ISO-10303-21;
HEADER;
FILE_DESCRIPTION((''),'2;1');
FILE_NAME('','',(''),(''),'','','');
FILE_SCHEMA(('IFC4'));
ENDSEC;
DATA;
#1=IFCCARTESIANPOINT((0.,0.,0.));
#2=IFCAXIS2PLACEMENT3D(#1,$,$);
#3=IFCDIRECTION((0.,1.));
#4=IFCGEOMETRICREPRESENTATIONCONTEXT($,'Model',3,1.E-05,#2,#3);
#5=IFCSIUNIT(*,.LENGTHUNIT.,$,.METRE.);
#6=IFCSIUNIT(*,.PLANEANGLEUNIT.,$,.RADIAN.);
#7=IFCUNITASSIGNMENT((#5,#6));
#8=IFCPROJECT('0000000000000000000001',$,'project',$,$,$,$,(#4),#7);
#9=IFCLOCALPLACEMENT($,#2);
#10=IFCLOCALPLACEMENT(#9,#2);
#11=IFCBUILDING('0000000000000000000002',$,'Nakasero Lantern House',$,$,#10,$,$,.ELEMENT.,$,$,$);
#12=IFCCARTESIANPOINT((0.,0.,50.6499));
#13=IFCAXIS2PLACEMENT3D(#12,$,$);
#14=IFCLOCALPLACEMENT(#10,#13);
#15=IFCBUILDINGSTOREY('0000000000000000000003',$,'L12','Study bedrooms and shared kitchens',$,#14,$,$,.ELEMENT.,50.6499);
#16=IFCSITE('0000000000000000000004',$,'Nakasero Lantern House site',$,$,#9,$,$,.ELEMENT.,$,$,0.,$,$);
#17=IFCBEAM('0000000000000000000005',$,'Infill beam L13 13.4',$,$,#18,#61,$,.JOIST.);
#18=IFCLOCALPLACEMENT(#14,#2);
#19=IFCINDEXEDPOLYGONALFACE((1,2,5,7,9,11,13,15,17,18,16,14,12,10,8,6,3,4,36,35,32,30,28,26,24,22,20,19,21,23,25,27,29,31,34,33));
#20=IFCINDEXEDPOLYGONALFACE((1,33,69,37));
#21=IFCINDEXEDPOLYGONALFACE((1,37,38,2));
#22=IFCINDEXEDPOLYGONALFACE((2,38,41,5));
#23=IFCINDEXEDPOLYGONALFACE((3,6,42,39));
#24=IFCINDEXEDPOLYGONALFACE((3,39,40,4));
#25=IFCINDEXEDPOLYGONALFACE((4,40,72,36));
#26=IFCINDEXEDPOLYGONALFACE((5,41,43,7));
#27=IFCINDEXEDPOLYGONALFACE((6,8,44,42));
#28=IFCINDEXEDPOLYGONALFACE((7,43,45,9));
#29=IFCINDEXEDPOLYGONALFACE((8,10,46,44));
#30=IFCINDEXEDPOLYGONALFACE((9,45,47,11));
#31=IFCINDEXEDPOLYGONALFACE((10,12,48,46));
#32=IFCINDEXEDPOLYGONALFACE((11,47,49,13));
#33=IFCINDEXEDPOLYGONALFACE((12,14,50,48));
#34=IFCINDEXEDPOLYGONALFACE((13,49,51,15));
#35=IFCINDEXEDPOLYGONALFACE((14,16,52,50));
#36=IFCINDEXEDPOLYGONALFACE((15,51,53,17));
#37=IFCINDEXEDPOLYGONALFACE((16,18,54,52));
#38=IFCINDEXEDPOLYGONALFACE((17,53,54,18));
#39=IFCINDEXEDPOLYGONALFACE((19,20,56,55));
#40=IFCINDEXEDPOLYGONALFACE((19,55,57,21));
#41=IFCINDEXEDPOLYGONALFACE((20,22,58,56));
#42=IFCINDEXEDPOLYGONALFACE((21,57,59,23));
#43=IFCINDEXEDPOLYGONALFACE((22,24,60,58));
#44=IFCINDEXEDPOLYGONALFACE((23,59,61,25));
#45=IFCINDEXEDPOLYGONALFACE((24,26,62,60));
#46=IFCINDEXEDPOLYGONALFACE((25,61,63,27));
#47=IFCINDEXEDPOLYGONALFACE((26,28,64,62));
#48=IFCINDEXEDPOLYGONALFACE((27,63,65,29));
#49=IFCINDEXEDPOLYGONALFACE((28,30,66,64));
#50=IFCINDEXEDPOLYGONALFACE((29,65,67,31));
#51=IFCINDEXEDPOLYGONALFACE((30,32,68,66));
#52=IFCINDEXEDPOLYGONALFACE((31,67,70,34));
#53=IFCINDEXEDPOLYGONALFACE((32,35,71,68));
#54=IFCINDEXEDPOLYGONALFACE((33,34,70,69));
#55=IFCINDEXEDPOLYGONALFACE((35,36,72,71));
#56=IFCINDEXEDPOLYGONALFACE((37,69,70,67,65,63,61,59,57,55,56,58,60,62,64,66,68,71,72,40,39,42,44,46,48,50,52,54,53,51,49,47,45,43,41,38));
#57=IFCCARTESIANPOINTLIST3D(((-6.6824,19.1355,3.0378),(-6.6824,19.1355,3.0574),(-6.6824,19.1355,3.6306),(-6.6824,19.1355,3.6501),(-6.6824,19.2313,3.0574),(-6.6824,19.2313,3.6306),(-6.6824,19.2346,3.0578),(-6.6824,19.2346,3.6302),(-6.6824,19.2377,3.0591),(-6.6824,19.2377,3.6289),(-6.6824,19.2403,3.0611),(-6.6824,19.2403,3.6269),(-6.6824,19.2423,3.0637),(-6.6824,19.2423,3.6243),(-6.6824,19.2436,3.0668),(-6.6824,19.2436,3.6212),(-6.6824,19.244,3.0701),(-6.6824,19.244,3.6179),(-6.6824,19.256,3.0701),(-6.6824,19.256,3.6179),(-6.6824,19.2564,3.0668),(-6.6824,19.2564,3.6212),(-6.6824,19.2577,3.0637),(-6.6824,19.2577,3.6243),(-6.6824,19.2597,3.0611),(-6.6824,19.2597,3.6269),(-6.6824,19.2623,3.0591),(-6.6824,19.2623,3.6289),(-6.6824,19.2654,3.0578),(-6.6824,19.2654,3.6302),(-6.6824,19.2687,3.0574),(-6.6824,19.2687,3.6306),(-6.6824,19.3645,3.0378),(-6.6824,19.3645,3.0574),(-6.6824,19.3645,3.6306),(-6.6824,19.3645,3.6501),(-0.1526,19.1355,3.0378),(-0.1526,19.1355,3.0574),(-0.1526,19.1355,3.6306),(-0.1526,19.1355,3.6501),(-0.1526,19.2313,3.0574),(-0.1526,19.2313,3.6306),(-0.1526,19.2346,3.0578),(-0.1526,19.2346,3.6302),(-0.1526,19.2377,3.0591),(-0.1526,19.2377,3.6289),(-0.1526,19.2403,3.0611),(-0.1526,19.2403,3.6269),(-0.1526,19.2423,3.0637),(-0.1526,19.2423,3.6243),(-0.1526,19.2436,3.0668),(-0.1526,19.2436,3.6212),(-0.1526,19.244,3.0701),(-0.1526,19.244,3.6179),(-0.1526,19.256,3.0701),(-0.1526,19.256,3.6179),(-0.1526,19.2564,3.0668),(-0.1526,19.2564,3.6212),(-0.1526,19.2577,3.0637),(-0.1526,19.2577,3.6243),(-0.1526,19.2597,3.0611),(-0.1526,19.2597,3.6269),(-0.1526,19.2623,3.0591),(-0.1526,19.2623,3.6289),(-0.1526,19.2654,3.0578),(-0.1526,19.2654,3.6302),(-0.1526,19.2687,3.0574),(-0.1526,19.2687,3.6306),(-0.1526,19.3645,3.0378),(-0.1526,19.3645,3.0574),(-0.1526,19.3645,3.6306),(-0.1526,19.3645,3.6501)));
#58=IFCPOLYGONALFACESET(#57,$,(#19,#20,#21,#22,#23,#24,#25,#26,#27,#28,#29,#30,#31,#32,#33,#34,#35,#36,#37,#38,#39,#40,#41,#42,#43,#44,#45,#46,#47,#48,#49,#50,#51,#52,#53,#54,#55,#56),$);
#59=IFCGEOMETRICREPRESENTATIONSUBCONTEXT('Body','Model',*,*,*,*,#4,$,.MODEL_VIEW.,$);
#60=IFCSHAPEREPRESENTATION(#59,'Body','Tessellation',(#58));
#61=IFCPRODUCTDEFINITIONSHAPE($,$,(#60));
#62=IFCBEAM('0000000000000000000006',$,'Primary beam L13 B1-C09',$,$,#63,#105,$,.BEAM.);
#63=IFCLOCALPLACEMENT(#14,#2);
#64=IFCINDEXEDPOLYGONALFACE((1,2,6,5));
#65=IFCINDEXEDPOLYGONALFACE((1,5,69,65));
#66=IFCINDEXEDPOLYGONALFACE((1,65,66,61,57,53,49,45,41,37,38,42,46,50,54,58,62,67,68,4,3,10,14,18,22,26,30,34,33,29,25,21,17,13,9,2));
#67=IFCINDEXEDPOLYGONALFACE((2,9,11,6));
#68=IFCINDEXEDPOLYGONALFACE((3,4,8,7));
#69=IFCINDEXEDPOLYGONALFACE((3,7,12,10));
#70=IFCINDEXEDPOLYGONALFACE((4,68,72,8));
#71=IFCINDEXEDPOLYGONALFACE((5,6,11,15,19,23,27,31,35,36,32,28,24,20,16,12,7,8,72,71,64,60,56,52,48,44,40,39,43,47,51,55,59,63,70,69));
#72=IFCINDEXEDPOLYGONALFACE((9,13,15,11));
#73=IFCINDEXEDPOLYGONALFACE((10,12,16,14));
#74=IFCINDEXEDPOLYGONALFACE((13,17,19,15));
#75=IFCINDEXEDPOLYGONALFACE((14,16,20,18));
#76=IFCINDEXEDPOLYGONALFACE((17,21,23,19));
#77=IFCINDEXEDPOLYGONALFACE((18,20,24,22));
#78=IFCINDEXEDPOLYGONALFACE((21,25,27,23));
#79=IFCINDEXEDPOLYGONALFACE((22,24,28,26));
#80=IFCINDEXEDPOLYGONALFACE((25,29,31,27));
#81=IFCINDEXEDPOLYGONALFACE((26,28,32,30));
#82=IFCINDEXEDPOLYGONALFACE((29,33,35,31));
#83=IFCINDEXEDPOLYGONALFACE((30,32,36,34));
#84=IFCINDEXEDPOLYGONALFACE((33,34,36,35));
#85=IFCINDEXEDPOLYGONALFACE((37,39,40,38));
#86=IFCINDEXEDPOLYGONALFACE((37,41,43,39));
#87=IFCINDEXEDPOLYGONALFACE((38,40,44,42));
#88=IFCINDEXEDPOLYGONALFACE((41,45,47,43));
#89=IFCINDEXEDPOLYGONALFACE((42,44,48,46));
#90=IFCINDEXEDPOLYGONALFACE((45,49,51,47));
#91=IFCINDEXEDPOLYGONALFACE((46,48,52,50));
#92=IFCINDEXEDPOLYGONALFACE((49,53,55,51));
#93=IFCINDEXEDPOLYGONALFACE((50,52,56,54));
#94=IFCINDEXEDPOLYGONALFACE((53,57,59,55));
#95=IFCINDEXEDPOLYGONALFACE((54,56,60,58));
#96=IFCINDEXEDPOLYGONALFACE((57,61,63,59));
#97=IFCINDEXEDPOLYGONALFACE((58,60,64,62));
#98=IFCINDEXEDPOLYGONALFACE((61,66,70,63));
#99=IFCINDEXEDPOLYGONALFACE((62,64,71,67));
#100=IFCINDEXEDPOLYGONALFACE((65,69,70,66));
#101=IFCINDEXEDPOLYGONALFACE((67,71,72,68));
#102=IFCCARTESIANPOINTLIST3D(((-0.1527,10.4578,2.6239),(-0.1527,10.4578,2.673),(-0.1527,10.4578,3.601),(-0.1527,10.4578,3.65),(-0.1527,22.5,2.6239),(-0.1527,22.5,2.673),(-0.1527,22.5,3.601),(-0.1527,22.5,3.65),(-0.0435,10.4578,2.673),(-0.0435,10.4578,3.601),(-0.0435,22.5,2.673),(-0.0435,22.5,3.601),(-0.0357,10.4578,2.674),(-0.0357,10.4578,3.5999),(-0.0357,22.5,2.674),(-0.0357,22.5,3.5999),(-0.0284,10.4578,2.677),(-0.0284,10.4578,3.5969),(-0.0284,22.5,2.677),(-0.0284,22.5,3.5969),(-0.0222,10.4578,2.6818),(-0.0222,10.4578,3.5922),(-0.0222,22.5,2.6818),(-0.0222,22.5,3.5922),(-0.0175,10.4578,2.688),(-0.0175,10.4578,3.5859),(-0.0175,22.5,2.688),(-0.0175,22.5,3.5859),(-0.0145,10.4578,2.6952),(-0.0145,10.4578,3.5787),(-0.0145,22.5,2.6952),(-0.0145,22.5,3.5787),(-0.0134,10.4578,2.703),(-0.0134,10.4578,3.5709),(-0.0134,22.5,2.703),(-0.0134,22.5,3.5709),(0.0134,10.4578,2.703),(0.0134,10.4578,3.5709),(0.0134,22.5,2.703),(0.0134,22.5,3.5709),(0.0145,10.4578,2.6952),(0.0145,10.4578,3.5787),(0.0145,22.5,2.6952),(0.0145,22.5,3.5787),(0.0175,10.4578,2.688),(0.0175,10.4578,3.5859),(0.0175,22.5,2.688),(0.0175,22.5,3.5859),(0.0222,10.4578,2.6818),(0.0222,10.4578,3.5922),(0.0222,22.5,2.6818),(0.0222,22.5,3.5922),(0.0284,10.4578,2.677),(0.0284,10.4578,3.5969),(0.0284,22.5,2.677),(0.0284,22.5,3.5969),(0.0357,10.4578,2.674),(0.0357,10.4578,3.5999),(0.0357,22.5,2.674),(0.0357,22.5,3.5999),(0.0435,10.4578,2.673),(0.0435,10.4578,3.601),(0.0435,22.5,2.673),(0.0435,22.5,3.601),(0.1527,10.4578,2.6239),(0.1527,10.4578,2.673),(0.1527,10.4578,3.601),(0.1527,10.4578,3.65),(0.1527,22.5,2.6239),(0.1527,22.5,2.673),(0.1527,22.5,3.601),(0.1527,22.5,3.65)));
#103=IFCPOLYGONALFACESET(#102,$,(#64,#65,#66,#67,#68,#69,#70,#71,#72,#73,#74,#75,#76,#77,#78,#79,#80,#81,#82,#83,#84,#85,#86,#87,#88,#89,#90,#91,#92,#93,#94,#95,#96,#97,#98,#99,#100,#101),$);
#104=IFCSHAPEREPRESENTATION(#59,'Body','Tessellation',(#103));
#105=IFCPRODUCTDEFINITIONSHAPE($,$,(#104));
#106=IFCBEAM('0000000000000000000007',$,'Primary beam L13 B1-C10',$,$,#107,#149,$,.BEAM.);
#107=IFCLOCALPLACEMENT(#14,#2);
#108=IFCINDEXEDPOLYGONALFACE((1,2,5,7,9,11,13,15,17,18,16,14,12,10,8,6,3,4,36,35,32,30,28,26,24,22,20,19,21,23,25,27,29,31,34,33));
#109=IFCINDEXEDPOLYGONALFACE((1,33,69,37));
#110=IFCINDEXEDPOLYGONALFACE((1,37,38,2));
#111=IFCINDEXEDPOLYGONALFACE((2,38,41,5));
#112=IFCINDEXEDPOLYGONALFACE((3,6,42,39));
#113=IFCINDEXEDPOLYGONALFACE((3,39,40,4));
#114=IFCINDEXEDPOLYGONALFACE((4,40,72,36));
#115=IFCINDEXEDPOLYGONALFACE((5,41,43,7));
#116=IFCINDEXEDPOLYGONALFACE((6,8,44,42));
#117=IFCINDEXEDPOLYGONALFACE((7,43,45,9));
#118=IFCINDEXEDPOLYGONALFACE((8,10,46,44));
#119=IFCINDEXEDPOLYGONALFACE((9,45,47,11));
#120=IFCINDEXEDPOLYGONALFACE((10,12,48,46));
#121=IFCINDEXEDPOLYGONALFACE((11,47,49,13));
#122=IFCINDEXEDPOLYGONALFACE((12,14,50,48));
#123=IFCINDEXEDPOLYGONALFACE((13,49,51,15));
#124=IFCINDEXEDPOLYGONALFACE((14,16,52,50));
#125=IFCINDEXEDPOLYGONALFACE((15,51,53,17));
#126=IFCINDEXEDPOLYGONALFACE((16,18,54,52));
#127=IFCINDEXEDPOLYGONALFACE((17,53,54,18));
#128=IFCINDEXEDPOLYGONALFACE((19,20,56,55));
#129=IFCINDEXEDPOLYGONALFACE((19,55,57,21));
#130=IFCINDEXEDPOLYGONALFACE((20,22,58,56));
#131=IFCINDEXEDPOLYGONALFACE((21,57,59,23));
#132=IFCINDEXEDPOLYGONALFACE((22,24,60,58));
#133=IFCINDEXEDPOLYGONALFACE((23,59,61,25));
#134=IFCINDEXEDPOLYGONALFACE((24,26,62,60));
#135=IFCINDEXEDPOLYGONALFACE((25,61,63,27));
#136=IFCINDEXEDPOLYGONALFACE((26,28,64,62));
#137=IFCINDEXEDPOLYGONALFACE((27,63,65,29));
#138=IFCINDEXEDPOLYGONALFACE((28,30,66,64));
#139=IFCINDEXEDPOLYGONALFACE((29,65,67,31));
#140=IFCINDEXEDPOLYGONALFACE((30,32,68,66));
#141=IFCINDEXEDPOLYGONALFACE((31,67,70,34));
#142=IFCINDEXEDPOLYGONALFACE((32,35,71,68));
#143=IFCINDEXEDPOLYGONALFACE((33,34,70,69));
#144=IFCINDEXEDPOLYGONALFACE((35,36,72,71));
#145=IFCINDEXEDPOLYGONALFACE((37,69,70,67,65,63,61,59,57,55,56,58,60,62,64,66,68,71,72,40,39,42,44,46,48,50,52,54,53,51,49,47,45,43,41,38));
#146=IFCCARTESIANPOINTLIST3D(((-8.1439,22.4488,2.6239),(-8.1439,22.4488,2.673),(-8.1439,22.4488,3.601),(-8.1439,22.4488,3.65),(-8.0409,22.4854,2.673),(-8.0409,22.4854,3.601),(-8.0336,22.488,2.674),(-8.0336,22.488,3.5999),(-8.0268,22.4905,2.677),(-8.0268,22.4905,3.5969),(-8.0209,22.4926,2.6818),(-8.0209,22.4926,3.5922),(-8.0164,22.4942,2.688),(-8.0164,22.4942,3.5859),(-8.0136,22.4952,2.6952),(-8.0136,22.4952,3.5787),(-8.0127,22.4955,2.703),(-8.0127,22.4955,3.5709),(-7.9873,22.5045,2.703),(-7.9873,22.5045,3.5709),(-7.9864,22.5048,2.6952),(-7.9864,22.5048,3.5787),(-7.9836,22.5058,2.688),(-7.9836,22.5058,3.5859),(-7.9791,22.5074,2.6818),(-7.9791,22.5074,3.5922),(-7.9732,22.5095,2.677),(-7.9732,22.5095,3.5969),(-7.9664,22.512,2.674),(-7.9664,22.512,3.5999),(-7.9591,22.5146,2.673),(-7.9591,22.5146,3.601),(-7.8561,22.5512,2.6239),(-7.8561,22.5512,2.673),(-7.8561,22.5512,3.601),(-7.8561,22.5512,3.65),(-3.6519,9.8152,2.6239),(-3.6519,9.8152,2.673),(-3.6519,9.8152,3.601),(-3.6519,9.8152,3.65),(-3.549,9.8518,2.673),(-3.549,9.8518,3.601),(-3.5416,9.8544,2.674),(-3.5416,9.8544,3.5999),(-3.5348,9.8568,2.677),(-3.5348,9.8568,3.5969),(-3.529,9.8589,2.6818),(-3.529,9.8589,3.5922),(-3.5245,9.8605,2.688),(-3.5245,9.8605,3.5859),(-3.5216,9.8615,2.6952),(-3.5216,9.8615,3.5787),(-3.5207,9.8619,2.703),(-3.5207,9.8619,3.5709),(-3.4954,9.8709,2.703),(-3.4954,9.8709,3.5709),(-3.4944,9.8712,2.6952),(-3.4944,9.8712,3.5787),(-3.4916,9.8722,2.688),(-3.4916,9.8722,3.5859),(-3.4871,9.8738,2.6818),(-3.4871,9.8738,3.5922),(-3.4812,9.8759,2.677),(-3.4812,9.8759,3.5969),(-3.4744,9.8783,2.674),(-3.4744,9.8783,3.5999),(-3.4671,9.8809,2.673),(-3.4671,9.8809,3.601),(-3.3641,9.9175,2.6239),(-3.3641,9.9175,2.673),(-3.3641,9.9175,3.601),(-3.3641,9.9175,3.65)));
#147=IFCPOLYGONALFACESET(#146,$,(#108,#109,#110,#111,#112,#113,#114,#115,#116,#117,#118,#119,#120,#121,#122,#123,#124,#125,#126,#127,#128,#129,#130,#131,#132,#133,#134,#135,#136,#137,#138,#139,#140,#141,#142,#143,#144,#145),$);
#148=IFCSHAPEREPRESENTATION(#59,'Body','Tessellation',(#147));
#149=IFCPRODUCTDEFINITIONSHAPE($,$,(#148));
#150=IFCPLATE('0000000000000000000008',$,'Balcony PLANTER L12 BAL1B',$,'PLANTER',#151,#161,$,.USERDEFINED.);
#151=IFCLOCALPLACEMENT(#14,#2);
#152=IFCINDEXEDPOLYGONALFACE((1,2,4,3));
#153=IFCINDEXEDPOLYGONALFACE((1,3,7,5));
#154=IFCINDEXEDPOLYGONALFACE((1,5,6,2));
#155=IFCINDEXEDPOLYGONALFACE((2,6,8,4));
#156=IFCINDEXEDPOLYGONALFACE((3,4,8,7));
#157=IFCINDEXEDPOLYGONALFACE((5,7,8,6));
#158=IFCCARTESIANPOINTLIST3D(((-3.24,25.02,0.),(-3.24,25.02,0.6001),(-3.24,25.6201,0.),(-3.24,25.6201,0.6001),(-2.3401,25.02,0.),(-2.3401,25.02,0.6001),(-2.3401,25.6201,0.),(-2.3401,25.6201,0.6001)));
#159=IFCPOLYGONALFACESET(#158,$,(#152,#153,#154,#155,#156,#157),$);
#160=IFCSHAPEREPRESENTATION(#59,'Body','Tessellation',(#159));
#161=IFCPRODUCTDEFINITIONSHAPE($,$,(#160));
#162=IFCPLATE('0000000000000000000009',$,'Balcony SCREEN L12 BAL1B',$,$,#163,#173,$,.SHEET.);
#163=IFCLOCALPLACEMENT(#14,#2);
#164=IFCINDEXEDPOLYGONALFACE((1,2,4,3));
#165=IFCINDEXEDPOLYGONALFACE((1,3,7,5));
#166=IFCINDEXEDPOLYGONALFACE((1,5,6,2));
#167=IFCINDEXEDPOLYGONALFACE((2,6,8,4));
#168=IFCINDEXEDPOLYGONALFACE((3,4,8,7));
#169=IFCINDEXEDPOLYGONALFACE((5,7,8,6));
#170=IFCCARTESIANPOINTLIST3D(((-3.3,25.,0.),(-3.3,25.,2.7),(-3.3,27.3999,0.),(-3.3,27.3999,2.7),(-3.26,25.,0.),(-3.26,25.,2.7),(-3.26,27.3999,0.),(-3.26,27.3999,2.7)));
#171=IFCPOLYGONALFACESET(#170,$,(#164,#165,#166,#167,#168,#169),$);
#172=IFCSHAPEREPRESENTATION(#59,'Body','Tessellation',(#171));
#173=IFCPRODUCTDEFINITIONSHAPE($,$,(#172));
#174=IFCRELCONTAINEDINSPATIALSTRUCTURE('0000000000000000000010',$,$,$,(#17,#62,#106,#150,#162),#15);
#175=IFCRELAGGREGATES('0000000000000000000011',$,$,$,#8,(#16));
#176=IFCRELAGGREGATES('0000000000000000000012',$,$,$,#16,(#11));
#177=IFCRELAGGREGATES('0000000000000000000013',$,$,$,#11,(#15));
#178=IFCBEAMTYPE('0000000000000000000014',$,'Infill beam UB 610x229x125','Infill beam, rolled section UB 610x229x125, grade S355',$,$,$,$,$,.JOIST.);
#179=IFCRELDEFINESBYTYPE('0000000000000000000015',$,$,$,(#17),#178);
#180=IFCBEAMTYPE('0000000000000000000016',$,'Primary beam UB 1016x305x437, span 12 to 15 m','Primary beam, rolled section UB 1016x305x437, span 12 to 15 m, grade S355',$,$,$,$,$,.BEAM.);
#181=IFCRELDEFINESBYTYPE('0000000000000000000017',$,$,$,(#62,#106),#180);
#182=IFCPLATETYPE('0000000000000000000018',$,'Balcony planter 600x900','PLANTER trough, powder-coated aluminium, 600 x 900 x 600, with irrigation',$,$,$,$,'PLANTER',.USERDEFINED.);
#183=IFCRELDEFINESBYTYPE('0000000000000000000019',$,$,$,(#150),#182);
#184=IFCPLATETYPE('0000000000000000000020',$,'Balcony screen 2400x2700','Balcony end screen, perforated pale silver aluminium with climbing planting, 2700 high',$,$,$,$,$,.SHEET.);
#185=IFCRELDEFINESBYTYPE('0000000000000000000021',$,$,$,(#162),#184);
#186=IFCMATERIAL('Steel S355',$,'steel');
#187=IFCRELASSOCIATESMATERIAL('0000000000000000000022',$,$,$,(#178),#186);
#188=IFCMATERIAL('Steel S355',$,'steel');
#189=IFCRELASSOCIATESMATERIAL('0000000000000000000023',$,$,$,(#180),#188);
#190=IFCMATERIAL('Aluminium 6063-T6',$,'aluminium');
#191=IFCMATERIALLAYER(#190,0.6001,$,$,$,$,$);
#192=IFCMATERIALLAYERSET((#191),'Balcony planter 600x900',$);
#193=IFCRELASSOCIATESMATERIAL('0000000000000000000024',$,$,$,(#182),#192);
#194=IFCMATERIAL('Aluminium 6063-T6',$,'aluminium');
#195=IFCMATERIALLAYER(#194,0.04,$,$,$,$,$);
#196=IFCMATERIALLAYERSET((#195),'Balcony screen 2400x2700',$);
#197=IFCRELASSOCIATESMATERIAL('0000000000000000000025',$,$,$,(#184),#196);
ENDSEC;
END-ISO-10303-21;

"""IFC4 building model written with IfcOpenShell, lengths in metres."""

from ifc_helpers import new_model, si_unit, direction, frame, origin, origin_2d, place, context, subcontext, project, spatial, rectangle, i_section, extrude, material, layer, layer_set, material_profile, profile_set, type_object, element, save


model = new_model("IFC4")

# Units and contexts
model_context = context("Model", 3, precision=1e-05, world=origin(), true_north=direction((0.0, 1.0)))
body_context = subcontext(model_context, "Body", "Model", "MODEL_VIEW")
ifc_project = project(units=[si_unit("LENGTHUNIT", "METRE"), si_unit("PLANEANGLEUNIT", "RADIAN")], contexts=[model_context])

# Site, building, storey
site_placement = place(None, origin())
site = spatial("IfcSite", under=ifc_project, at=site_placement, Name="Nakasero Lantern House site", CompositionType="ELEMENT", RefElevation=0.0)
building_placement = place(site_placement, origin())
building = spatial("IfcBuilding", under=site, at=building_placement, Name="Nakasero Lantern House", CompositionType="ELEMENT")
storey_placement = place(building_placement, frame((0.0, 0.0, 50.6499)))
storey = spatial("IfcBuildingStorey", under=building, at=storey_placement, Name="L12", Description="Study bedrooms and shared kitchens", CompositionType="ELEMENT", Elevation=50.6499)

# Beams
ifc_material_1 = material(Name="Steel S355", Category="steel")
ifc_material_profile_1 = material_profile(ifc_material_1, i_section(OverallWidth=0.229, OverallDepth=0.6123, WebThickness=0.012, FlangeThickness=0.0195, FilletRadius=0.0127, at=origin_2d()), Name="UB 610x229x125")
ifc_profile_set_1 = profile_set([ifc_material_profile_1], Name="Steel S355")
beam_type_1 = type_object("IfcBeamType", Name="Infill beam UB 610x229x125", Description="Infill beam, rolled section UB 610x229x125, grade S355", PredefinedType="JOIST", material=ifc_profile_set_1)
beam_1_placement = place(storey_placement, frame((-6.6824, 19.25, 3.344), z_axis=(1.0, 0.0, 0.0), x_axis=(0.0, 1.0, 0.0)))
element("IfcBeam", 1, at=beam_1_placement, inside=storey, type_object=beam_type_1, Name="Infill beam L13 13.4", PredefinedType="JOIST", context=body_context, shape_type="SweptSolid", body=[
    extrude(i_section(OverallWidth=0.229, OverallDepth=0.6123, WebThickness=0.012, FlangeThickness=0.0195, FilletRadius=0.0127, at=origin_2d()), origin(), (0.0, 0.0, 1.0), 6.5298),
])
ifc_material_2 = material(Name="Steel S355", Category="steel")
ifc_material_profile_2 = material_profile(ifc_material_2, i_section(OverallWidth=0.3054, OverallDepth=1.0261, WebThickness=0.0269, FlangeThickness=0.0491, FilletRadius=0.03, at=origin_2d()), Name="UB 1016x305x437")
ifc_profile_set_2 = profile_set([ifc_material_profile_2], Name="Steel S355")
beam_type_2 = type_object("IfcBeamType", Name="Primary beam UB 1016x305x437, span 12 to 15 m", Description="Primary beam, rolled section UB 1016x305x437, span 12 to 15 m, grade S355", PredefinedType="BEAM", material=ifc_profile_set_2)
beam_2_placement = place(storey_placement, frame((0.0, 22.5, 3.137), z_axis=(0.0, -1.0, 0.0), x_axis=(1.0, 0.0, 0.0)))
element("IfcBeam", 2, at=beam_2_placement, inside=storey, type_object=beam_type_2, Name="Primary beam L13 B1-C09", PredefinedType="BEAM", context=body_context, shape_type="SweptSolid", body=[
    extrude(i_section(OverallWidth=0.3054, OverallDepth=1.0261, WebThickness=0.0269, FlangeThickness=0.0491, FilletRadius=0.03, at=origin_2d()), origin(), (0.0, 0.0, 1.0), 12.0422),
])
beam_3_placement = place(storey_placement, frame((-8.0, 22.5, 3.137), z_axis=(0.335011, -0.942214, 0.0), x_axis=(0.942214, 0.335011, 0.0)))
element("IfcBeam", 3, at=beam_3_placement, inside=storey, type_object=beam_type_2, Name="Primary beam L13 B1-C10", PredefinedType="BEAM", context=body_context, shape_type="SweptSolid", body=[
    extrude(i_section(OverallWidth=0.3054, OverallDepth=1.0261, WebThickness=0.0269, FlangeThickness=0.0491, FilletRadius=0.03, at=origin_2d()), origin(), (0.0, 0.0, 1.0), 13.4084),
])

# Plates
ifc_material_3 = material(Name="Aluminium 6063-T6", Category="aluminium")
ifc_layer_1 = layer(ifc_material_3, 0.6001)
ifc_layer_set_1 = layer_set([ifc_layer_1], Name="Balcony planter 600x900")
plate_type_1 = type_object("IfcPlateType", Name="Balcony planter 600x900", Description="PLANTER trough, powder-coated aluminium, 600 x 900 x 600, with irrigation", ElementType="PLANTER", PredefinedType="USERDEFINED", material=ifc_layer_set_1)
plate_1_placement = place(storey_placement, frame((-2.79, 25.3201, 0.0), z_axis=(0.0, 0.0, 1.0), x_axis=(0.0, 1.0, 0.0)))
element("IfcPlate", 4, at=plate_1_placement, inside=storey, type_object=plate_type_1, Name="Balcony PLANTER L12 BAL1B", ObjectType="PLANTER", PredefinedType="USERDEFINED", context=body_context, shape_type="SweptSolid", body=[
    extrude(rectangle(XDim=0.6001, YDim=0.8999, at=origin_2d()), origin(), (0.0, 0.0, 1.0), 0.6001),
])
ifc_material_4 = material(Name="Aluminium 6063-T6", Category="aluminium")
ifc_layer_2 = layer(ifc_material_4, 0.04)
ifc_layer_set_2 = layer_set([ifc_layer_2], Name="Balcony screen 2400x2700")
plate_type_2 = type_object("IfcPlateType", Name="Balcony screen 2400x2700", Description="Balcony end screen, perforated pale silver aluminium with climbing planting, 2700 high", PredefinedType="SHEET", material=ifc_layer_set_2)
plate_2_placement = place(storey_placement, frame((-3.28, 26.2, 0.0), z_axis=(0.0, 0.0, 1.0), x_axis=(0.0, 1.0, 0.0)))
element("IfcPlate", 5, at=plate_2_placement, inside=storey, type_object=plate_type_2, Name="Balcony SCREEN L12 BAL1B", PredefinedType="SHEET", context=body_context, shape_type="SweptSolid", body=[
    extrude(rectangle(XDim=2.3999, YDim=0.04, at=origin_2d()), origin(), (0.0, 0.0, 1.0), 2.7),
])

save(model, "model.ifc")
